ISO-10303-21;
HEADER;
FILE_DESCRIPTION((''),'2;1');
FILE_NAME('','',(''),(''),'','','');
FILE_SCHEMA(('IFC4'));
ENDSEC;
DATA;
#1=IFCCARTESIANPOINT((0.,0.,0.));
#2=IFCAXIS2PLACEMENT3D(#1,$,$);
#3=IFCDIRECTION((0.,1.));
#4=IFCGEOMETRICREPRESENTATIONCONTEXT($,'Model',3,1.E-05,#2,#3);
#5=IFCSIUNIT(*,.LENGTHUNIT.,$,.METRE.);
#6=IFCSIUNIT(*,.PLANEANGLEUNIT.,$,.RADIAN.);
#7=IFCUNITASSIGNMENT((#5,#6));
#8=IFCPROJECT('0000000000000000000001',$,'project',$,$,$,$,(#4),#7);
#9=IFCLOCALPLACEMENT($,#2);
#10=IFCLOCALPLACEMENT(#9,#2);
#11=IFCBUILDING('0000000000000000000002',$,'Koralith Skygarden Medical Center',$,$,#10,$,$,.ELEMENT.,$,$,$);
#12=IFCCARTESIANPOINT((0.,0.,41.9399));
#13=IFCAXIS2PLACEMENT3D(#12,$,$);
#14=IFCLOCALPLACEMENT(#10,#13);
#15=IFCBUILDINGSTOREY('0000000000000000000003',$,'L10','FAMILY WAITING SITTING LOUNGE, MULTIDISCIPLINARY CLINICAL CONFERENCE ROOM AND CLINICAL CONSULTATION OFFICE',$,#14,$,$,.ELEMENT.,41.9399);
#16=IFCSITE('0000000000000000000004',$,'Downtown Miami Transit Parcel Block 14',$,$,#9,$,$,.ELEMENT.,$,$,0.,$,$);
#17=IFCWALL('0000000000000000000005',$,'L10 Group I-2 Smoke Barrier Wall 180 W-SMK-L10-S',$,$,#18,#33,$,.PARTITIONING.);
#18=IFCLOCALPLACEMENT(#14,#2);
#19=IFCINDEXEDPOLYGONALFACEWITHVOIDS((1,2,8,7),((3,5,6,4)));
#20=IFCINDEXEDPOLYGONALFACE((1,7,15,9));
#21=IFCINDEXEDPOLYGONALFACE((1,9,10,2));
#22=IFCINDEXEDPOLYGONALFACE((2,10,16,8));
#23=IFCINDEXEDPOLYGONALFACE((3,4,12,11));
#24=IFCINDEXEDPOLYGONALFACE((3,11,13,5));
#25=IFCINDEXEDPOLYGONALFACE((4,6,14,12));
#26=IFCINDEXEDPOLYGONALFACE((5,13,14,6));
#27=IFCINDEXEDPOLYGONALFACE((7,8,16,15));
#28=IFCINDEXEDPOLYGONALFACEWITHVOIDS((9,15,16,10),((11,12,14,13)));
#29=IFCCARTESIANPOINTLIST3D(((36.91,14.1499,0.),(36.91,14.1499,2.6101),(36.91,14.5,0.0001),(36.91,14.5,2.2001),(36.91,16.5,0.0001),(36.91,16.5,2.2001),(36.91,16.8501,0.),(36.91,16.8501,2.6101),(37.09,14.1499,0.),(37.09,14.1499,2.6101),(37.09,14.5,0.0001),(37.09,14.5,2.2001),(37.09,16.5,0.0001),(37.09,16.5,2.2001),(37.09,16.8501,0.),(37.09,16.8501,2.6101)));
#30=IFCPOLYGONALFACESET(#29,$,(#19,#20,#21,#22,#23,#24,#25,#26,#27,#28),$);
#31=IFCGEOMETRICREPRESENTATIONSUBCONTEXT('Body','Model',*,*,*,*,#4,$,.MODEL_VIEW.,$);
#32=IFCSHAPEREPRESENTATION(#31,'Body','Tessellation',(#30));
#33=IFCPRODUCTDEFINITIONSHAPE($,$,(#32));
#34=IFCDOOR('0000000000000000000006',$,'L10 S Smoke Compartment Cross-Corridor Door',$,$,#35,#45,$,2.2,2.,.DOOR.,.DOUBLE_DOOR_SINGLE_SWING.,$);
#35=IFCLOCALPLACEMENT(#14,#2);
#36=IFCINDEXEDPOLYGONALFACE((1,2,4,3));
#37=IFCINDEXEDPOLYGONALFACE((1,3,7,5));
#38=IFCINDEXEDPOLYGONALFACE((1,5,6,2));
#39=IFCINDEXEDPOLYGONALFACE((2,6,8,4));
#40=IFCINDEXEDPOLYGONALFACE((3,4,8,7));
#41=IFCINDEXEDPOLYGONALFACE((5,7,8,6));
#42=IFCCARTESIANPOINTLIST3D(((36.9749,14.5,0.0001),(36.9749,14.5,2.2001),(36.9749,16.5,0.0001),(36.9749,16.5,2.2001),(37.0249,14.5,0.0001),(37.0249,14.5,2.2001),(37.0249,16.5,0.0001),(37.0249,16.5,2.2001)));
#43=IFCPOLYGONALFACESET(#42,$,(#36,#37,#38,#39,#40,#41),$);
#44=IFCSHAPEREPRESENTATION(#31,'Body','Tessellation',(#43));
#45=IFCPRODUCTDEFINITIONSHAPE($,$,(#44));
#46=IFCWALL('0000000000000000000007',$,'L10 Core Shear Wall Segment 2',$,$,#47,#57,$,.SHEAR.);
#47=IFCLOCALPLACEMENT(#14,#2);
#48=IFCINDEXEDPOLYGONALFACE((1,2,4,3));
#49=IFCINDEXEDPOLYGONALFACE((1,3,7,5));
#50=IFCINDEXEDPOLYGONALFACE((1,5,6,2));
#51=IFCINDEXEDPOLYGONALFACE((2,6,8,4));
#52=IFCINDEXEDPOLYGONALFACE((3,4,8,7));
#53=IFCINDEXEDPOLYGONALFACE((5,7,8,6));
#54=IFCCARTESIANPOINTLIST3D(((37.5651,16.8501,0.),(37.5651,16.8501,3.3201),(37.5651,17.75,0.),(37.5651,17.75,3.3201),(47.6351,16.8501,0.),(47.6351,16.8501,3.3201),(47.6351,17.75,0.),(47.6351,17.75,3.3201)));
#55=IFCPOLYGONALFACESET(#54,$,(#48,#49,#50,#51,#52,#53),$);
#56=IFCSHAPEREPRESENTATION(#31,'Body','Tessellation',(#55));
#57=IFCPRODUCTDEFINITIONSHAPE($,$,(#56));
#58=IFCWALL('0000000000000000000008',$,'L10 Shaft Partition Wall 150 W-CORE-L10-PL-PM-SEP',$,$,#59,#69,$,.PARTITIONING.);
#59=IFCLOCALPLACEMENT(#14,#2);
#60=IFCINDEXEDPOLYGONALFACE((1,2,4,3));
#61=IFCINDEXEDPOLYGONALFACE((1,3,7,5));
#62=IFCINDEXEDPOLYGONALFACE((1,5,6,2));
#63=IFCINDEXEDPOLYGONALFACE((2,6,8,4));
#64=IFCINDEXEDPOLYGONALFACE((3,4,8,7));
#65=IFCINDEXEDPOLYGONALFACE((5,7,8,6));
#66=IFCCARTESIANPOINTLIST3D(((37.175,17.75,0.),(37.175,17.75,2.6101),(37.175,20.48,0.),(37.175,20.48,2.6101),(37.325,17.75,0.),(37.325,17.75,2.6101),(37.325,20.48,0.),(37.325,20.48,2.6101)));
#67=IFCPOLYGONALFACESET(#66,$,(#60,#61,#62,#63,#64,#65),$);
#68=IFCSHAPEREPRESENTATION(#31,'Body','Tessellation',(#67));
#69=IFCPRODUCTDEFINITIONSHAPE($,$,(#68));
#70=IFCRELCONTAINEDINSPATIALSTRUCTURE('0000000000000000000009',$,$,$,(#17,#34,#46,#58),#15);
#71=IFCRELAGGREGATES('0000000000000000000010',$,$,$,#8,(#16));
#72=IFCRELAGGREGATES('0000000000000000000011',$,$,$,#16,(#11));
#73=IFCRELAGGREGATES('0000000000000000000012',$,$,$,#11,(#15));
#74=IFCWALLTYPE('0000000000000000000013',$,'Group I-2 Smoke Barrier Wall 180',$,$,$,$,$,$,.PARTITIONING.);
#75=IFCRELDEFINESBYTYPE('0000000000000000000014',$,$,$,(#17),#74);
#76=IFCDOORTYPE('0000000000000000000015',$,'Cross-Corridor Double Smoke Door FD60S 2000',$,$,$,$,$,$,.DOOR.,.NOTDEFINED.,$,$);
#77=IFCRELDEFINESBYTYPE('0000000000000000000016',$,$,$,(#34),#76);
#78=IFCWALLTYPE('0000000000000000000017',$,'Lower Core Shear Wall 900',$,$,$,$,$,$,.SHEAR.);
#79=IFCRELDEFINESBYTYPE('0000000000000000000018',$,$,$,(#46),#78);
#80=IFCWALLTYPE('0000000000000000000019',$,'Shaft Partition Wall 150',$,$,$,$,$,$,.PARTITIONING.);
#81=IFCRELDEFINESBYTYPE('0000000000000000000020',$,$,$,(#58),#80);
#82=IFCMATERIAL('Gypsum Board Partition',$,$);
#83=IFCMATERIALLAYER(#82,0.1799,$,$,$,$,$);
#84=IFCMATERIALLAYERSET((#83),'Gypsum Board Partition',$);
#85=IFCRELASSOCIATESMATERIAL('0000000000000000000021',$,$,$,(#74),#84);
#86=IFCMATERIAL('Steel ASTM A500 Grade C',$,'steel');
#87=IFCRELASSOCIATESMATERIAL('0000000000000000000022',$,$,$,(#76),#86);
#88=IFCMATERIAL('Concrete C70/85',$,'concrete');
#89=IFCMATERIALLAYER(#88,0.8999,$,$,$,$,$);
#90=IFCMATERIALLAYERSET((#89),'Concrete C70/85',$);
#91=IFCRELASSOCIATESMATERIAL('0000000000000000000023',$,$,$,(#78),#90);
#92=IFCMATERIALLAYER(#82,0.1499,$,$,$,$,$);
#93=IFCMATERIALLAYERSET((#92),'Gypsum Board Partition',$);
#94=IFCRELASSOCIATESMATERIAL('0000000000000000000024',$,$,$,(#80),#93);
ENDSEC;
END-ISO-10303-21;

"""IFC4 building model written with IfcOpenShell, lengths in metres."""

from ifc_helpers import new_model, si_unit, direction, frame, frame_2d, origin, place, context, subcontext, project, spatial, rectangle, extrude, material, layer, layer_set, type_object, element, fill, save


model = new_model("IFC4")

# Units and contexts
model_context = context("Model", 3, precision=1e-05, world=origin(), true_north=direction((0.0, 1.0)))
body_context = subcontext(model_context, "Body", "Model", "MODEL_VIEW")
ifc_project = project(units=[si_unit("LENGTHUNIT", "METRE"), si_unit("PLANEANGLEUNIT", "RADIAN")], contexts=[model_context])

# Site, building, storey
site_placement = place(None, origin())
site = spatial("IfcSite", under=ifc_project, at=site_placement, Name="Downtown Miami Transit Parcel Block 14", CompositionType="ELEMENT", RefElevation=0.0)
building_placement = place(site_placement, origin())
building = spatial("IfcBuilding", under=site, at=building_placement, Name="Koralith Skygarden Medical Center", CompositionType="ELEMENT")
storey_placement = place(building_placement, frame((0.0, 0.0, 41.9399)))
storey = spatial("IfcBuildingStorey", under=building, at=storey_placement, Name="L10", Description="FAMILY WAITING SITTING LOUNGE, MULTIDISCIPLINARY CLINICAL CONFERENCE ROOM AND CLINICAL CONSULTATION OFFICE", CompositionType="ELEMENT", Elevation=41.9399)

# Shared definitions
ifc_material_1 = material(Name="Concrete C70/85", Category="concrete")

# Shared definitions
ifc_material_2 = material(Name="Gypsum Board Partition")

# Wall, opening, door
ifc_layer_1 = layer(ifc_material_2, 0.1799)
ifc_layer_set_1 = layer_set([ifc_layer_1], Name="Gypsum Board Partition")
wall_type_1 = type_object("IfcWallType", Name="Group I-2 Smoke Barrier Wall 180", PredefinedType="PARTITIONING", material=ifc_layer_set_1)
wall_1_placement = place(storey_placement, frame((37.0, 14.1499, 0.0), z_axis=(0.0, 0.0, 1.0), x_axis=(0.0, 1.0, 0.0)))
wall_1 = element("IfcWall", 1, at=wall_1_placement, inside=storey, type_object=wall_type_1, Name="L10 Group I-2 Smoke Barrier Wall 180 W-SMK-L10-S", PredefinedType="PARTITIONING", context=body_context, shape_type="SweptSolid", body=[
    extrude(rectangle(XDim=2.7002, YDim=0.1799, at=frame_2d((1.3501, 0.0))), origin(), (0.0, 0.0, 1.0), 2.6101),
])
opening_1_placement = place(wall_1_placement, frame((0.3501, 0.0, 0.0)))
opening_1 = element("IfcOpeningElement", 2, at=opening_1_placement, cuts=wall_1, PredefinedType="OPENING", context=body_context, shape_type="SweptSolid", body=[
    extrude(rectangle(XDim=2.0, YDim=2.2, at=frame_2d((1.0, 1.1001))), frame((0.0, 0.0999, 0.0), z_axis=(0.0, -1.0, 0.0), x_axis=(1.0, 0.0, 0.0)), (0.0, 0.0, 1.0), 0.2),
])
ifc_material_3 = material(Name="Steel ASTM A500 Grade C", Category="steel")
door_type_1 = type_object("IfcDoorType", Name="Cross-Corridor Double Smoke Door FD60S 2000", OperationType="NOTDEFINED", PredefinedType="DOOR", material=ifc_material_3)
door_1_placement = place(opening_1_placement, frame((2.0, 0.0, 0.0), z_axis=(0.0, 0.0, 1.0), x_axis=(-1.0, 0.0, 0.0)))
door_1 = element("IfcDoor", 3, at=door_1_placement, inside=storey, type_object=door_type_1, Name="L10 S Smoke Compartment Cross-Corridor Door", OperationType="DOUBLE_DOOR_SINGLE_SWING", OverallHeight=2.2, OverallWidth=2.0, PredefinedType="DOOR", context=body_context, shape_type="SweptSolid", body=[
    extrude(rectangle(XDim=2.0, YDim=2.2, at=frame_2d((1.0, 1.1001))), frame((0.0, 0.0249, 0.0), z_axis=(0.0, -1.0, 0.0), x_axis=(1.0, 0.0, 0.0)), (0.0, 0.0, 1.0), 0.05),
])
fill(opening_1, door_1)

# Walls
ifc_layer_2 = layer(ifc_material_1, 0.8999)
ifc_layer_set_2 = layer_set([ifc_layer_2], Name="Concrete C70/85")
wall_type_2 = type_object("IfcWallType", Name="Lower Core Shear Wall 900", PredefinedType="SHEAR", material=ifc_layer_set_2)
wall_2_placement = place(storey_placement, frame((37.5649, 17.3, 0.0), z_axis=(0.0, 0.0, 1.0), x_axis=(1.0, 0.0, 0.0)))
element("IfcWall", 4, at=wall_2_placement, inside=storey, type_object=wall_type_2, Name="L10 Core Shear Wall Segment 2", PredefinedType="SHEAR", context=body_context, shape_type="SweptSolid", body=[
    extrude(rectangle(XDim=10.0701, YDim=0.8999, at=frame_2d((5.0352, 0.0))), origin(), (0.0, 0.0, 1.0), 3.3201),
])
ifc_layer_3 = layer(ifc_material_2, 0.1499)
ifc_layer_set_3 = layer_set([ifc_layer_3], Name="Gypsum Board Partition")
wall_type_3 = type_object("IfcWallType", Name="Shaft Partition Wall 150", PredefinedType="PARTITIONING", material=ifc_layer_set_3)
wall_3_placement = place(storey_placement, frame((37.25, 17.75, 0.0), z_axis=(0.0, 0.0, 1.0), x_axis=(0.0, 1.0, 0.0)))
element("IfcWall", 5, at=wall_3_placement, inside=storey, type_object=wall_type_3, Name="L10 Shaft Partition Wall 150 W-CORE-L10-PL-PM-SEP", PredefinedType="PARTITIONING", context=body_context, shape_type="SweptSolid", body=[
    extrude(rectangle(XDim=2.73, YDim=0.1499, at=frame_2d((1.365, 0.0))), origin(), (0.0, 0.0, 1.0), 2.6101),
])

save(model, "model.ifc")
